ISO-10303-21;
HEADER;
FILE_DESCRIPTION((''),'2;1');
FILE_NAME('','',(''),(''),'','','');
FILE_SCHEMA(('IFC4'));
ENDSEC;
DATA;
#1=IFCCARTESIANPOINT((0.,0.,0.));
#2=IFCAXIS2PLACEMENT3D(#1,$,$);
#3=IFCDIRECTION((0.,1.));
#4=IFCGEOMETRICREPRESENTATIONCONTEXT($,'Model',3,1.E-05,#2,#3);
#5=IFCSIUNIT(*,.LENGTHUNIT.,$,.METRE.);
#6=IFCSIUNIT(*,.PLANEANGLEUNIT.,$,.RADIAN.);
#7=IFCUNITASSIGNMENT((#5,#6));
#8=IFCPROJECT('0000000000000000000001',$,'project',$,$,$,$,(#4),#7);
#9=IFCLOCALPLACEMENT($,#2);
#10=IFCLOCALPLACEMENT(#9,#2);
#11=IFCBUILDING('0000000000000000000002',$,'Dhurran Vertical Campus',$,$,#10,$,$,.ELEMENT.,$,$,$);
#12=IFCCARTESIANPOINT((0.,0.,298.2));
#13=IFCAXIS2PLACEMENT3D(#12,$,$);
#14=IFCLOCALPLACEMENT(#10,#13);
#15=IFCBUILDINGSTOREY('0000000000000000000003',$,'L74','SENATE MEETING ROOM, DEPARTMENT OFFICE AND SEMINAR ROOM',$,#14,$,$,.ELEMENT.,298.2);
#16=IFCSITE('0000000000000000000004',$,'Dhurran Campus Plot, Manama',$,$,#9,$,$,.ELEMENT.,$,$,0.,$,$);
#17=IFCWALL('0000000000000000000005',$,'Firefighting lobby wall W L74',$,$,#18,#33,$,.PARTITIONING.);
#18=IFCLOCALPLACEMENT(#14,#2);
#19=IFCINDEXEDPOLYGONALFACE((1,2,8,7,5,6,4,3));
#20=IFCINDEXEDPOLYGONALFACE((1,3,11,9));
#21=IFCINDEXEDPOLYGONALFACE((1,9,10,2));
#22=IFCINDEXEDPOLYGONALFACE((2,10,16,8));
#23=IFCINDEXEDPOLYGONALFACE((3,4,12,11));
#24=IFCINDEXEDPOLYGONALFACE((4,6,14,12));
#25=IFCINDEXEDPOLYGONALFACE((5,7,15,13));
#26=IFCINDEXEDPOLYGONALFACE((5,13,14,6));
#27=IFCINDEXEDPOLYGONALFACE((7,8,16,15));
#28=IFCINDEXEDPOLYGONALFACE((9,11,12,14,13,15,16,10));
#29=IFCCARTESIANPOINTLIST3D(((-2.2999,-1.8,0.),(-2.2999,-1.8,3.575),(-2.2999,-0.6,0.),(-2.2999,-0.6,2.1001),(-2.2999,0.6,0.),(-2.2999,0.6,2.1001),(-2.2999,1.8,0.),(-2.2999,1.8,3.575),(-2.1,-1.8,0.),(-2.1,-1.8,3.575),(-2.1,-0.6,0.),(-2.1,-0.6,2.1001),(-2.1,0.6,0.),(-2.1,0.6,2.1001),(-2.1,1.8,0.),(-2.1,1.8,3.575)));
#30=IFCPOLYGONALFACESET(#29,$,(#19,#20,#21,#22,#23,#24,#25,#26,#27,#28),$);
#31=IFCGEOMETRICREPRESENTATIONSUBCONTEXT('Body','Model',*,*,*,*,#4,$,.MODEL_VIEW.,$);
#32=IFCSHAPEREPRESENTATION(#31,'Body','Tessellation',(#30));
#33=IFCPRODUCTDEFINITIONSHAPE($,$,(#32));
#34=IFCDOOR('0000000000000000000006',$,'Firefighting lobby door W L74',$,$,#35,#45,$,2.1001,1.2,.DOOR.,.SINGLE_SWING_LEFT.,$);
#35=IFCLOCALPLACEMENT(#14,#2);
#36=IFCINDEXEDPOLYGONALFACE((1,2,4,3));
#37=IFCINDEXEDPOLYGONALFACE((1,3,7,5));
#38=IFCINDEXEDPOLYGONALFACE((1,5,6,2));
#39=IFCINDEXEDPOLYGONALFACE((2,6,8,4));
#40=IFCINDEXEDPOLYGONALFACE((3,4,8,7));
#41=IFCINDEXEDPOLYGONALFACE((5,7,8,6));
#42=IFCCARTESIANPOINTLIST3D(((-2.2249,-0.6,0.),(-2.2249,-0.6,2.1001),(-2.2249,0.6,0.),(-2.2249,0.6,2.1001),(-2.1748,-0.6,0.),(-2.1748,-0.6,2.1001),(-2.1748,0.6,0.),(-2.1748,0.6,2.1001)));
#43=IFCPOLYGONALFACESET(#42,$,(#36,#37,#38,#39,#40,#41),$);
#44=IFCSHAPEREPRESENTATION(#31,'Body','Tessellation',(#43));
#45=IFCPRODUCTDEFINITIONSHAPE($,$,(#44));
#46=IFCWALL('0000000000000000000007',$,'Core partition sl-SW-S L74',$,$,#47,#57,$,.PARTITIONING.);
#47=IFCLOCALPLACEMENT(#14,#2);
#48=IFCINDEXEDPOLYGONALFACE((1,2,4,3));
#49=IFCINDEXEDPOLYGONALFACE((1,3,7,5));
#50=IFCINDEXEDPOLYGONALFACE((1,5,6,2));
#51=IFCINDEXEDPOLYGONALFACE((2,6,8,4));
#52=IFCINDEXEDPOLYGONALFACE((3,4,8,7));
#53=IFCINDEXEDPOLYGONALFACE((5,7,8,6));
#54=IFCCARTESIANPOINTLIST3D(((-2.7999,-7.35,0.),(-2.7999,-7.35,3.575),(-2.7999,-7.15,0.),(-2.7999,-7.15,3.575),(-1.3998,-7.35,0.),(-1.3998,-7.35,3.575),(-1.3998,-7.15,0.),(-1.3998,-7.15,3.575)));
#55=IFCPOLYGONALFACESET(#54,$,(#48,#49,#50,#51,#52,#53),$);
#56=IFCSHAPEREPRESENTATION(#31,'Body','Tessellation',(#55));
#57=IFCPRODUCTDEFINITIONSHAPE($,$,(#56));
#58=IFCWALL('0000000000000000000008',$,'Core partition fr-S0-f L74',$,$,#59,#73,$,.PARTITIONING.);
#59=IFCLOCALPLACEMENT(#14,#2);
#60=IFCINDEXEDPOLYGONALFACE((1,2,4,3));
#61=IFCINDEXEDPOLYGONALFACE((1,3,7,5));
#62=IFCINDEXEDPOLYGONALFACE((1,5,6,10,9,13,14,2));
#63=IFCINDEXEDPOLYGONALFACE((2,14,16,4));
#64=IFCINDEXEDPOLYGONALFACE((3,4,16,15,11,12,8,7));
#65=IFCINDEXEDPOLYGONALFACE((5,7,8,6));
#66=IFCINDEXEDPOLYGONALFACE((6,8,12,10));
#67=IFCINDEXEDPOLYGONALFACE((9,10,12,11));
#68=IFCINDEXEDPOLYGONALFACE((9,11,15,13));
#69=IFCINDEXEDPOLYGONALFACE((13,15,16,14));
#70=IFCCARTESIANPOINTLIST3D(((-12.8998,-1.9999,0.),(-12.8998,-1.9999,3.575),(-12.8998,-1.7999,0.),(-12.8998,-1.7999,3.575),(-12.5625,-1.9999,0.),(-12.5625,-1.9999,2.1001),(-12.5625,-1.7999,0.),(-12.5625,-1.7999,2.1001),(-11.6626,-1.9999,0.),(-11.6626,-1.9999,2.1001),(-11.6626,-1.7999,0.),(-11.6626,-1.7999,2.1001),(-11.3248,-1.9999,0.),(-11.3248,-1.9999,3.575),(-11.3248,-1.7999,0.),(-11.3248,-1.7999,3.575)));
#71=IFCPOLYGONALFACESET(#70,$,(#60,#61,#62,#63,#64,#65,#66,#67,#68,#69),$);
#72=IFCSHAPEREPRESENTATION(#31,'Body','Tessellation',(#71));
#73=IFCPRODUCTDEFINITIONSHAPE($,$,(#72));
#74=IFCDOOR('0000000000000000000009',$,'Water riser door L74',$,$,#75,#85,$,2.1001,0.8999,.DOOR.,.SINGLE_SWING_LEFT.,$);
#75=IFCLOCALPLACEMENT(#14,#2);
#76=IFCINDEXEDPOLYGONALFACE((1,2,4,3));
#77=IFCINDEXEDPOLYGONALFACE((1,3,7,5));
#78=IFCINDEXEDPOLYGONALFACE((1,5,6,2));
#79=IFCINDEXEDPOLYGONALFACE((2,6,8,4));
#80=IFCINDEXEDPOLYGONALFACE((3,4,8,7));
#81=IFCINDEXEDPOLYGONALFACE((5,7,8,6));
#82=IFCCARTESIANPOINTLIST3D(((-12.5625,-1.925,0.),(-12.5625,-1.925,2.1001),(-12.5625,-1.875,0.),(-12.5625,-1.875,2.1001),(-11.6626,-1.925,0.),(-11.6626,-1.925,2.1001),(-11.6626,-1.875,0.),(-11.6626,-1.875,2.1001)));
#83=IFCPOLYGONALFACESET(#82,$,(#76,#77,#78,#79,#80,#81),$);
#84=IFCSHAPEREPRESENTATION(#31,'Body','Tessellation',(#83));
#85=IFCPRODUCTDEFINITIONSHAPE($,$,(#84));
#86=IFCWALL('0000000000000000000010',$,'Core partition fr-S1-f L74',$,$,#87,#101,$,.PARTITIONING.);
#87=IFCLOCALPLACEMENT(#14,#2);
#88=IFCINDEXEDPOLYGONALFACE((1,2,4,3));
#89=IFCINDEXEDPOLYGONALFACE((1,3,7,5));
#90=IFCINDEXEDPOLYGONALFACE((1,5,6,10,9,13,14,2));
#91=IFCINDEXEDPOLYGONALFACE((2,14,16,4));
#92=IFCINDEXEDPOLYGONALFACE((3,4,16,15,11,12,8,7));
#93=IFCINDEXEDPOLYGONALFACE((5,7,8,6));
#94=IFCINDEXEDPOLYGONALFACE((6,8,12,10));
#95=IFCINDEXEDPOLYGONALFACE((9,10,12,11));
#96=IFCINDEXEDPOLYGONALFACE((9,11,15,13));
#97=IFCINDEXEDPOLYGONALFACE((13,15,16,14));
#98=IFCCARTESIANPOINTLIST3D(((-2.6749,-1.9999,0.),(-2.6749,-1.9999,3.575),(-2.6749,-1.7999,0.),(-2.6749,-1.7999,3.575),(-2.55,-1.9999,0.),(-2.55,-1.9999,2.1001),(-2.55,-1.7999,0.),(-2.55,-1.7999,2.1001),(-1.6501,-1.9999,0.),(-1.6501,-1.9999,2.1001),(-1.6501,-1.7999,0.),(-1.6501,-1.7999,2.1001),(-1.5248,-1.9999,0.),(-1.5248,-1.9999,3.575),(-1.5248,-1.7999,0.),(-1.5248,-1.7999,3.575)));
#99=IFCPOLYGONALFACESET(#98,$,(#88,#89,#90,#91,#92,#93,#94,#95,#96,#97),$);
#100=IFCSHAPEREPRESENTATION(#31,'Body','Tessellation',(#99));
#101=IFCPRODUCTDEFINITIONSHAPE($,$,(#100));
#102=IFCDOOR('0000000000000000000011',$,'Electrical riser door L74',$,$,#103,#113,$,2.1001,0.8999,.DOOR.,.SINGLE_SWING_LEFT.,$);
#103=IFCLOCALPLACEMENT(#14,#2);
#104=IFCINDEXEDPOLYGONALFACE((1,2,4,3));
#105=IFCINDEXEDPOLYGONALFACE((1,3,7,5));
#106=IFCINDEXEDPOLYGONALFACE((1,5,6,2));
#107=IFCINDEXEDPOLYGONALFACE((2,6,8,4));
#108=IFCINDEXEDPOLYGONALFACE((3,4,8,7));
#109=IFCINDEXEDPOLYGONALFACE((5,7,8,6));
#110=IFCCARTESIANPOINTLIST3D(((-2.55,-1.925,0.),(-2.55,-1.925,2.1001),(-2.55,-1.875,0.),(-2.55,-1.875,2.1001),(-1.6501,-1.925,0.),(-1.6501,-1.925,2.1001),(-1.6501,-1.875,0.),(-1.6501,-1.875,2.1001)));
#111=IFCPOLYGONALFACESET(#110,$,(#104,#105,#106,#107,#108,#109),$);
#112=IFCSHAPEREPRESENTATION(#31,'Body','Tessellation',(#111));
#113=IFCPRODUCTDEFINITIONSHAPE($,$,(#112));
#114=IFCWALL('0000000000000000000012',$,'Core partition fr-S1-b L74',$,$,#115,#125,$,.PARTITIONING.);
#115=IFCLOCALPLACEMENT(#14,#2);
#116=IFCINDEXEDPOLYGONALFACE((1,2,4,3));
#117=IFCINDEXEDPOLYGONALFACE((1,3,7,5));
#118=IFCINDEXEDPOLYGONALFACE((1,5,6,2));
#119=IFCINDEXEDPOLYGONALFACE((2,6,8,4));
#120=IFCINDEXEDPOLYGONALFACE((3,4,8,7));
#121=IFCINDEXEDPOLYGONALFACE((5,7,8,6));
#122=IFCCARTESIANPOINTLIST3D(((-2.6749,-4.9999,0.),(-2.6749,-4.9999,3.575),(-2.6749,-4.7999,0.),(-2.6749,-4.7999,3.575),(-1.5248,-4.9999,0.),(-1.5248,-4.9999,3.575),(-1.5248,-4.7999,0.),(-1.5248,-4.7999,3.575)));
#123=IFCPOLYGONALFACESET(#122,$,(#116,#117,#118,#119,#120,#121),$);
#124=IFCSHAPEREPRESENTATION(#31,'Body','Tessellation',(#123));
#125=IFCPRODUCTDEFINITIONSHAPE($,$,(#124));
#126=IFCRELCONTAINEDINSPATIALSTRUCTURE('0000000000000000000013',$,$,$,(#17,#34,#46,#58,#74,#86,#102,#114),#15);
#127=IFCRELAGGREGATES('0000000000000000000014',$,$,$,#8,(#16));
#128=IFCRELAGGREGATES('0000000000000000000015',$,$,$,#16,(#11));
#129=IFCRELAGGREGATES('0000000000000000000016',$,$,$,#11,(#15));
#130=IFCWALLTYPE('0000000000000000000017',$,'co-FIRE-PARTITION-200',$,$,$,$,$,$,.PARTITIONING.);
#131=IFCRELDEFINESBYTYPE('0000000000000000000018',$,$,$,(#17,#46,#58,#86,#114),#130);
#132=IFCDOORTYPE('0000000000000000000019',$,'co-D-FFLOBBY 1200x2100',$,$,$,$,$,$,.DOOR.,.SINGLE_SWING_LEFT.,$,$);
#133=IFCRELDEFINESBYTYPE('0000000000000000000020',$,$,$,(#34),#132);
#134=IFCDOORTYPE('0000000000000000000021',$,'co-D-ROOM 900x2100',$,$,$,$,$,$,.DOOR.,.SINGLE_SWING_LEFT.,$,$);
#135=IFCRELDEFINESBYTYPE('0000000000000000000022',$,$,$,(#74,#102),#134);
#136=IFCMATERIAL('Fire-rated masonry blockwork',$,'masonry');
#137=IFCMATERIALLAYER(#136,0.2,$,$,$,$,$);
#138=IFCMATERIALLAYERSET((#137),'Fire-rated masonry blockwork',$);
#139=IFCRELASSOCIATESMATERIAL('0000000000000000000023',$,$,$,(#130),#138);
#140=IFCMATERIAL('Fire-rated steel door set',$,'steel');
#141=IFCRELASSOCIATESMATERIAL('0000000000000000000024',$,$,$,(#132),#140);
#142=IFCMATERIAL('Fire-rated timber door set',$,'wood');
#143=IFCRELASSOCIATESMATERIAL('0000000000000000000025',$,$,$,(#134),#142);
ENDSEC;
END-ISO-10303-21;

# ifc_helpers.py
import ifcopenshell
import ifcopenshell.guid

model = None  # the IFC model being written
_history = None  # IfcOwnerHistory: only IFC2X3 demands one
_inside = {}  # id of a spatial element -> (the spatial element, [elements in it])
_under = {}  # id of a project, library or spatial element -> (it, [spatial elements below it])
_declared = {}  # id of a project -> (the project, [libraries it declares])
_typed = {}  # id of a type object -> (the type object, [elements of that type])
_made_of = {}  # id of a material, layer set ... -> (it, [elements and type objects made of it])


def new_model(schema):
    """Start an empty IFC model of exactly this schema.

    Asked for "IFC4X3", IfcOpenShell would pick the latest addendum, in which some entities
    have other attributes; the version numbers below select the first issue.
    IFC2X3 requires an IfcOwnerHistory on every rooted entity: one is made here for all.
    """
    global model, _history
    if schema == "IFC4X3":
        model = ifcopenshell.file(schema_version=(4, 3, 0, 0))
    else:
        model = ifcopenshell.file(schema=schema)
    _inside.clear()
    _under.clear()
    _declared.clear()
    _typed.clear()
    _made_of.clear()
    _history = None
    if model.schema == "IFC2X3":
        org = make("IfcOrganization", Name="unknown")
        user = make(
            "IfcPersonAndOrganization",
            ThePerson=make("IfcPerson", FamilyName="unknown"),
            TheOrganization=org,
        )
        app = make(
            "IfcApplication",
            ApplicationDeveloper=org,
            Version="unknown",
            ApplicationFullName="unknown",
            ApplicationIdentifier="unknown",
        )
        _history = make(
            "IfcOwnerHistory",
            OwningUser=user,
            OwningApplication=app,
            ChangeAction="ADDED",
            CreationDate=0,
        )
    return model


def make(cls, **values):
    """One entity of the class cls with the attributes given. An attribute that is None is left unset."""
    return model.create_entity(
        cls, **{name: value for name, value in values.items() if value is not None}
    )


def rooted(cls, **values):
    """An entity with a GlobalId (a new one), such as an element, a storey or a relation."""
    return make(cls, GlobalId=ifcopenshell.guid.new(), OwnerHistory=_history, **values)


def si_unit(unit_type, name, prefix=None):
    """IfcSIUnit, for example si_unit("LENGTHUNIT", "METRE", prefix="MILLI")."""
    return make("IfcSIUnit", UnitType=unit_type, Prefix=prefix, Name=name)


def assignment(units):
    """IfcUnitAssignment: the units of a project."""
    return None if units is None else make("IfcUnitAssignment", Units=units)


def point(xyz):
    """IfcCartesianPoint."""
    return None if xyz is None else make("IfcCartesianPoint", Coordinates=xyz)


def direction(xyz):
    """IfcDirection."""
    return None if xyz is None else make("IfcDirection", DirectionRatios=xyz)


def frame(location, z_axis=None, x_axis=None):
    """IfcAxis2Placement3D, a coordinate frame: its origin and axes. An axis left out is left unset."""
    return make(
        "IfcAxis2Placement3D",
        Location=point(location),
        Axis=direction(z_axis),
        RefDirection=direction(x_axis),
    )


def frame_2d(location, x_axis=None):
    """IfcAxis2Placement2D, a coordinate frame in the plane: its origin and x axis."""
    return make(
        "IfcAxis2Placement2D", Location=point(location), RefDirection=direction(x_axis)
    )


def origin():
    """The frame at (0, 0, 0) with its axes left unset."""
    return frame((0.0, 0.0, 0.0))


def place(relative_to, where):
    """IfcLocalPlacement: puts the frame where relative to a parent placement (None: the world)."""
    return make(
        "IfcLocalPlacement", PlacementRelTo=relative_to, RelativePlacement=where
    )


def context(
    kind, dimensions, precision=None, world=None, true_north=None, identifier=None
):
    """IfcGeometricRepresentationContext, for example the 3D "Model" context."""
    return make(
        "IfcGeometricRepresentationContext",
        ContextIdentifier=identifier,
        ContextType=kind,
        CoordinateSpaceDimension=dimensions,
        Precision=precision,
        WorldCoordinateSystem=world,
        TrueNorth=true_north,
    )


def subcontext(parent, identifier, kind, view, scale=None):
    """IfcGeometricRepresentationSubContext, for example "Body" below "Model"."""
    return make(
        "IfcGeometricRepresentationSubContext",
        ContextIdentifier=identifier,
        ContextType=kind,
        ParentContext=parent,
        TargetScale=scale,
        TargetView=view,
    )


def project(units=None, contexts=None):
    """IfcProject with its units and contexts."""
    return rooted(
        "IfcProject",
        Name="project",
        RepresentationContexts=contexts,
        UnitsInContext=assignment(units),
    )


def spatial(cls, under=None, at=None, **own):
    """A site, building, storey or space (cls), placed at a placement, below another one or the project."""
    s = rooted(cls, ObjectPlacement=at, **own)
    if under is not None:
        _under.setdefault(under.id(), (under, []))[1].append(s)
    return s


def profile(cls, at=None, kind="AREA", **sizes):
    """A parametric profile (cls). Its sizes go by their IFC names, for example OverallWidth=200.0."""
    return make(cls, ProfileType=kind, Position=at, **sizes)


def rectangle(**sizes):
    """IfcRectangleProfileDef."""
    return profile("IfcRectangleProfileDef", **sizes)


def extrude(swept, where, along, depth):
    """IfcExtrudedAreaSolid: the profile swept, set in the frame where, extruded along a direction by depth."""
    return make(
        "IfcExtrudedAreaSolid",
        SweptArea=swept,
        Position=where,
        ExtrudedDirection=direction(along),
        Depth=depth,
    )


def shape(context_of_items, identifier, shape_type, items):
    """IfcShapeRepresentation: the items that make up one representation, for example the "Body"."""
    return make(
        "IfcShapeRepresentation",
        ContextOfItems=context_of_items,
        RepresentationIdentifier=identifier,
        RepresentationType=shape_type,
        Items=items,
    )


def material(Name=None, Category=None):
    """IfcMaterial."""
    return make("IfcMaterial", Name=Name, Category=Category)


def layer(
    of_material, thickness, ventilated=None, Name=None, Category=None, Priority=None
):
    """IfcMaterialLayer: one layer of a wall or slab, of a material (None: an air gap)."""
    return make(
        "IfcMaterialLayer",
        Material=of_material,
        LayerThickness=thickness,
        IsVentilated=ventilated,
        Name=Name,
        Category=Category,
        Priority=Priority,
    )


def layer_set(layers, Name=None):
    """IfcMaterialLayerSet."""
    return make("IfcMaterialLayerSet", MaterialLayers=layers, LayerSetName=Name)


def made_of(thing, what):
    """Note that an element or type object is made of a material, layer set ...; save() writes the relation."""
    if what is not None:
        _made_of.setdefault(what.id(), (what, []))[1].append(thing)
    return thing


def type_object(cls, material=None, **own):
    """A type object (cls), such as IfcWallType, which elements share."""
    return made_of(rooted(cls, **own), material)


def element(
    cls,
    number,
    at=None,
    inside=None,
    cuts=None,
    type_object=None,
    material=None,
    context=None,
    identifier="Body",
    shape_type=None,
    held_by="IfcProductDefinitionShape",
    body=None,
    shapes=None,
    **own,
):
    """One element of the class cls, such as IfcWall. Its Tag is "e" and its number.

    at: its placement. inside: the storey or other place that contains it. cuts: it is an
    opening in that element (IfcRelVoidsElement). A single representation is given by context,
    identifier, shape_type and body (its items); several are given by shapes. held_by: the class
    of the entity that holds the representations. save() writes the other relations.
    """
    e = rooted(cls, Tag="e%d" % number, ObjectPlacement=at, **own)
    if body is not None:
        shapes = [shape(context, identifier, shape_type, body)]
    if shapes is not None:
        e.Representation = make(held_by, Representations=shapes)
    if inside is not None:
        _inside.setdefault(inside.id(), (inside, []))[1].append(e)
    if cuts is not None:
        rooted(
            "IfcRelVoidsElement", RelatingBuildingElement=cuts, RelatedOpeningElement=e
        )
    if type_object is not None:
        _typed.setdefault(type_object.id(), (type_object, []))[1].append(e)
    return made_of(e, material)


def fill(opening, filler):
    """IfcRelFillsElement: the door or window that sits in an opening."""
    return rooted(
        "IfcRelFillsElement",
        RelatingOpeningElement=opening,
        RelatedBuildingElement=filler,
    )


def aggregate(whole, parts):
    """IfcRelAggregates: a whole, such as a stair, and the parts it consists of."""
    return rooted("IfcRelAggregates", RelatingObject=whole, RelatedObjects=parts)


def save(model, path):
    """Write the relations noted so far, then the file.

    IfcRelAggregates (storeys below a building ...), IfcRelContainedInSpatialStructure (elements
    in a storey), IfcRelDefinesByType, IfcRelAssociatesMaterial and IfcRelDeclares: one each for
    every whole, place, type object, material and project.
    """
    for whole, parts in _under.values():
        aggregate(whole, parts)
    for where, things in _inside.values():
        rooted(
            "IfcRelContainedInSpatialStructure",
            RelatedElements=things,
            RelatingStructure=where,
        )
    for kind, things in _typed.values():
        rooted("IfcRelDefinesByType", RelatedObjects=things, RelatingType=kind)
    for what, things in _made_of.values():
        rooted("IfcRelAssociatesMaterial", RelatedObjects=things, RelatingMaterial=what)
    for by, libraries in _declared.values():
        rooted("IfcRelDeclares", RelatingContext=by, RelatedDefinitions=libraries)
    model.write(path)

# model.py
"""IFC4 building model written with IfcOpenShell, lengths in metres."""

from ifc_helpers import new_model, si_unit, direction, frame, frame_2d, origin, place, context, subcontext, project, spatial, rectangle, extrude, material, layer, layer_set, type_object, element, fill, save


model = new_model("IFC4")

# Units and contexts
model_context = context("Model", 3, precision=1e-05, world=origin(), true_north=direction((0.0, 1.0)))
body_context = subcontext(model_context, "Body", "Model", "MODEL_VIEW")
ifc_project = project(units=[si_unit("LENGTHUNIT", "METRE"), si_unit("PLANEANGLEUNIT", "RADIAN")], contexts=[model_context])

# Site, building, storey
site_placement = place(None, origin())
site = spatial("IfcSite", under=ifc_project, at=site_placement, Name="Dhurran Campus Plot, Manama", CompositionType="ELEMENT", RefElevation=0.0)
building_placement = place(site_placement, origin())
building = spatial("IfcBuilding", under=site, at=building_placement, Name="Dhurran Vertical Campus", CompositionType="ELEMENT")
storey_placement = place(building_placement, frame((0.0, 0.0, 298.2)))
storey = spatial("IfcBuildingStorey", under=building, at=storey_placement, Name="L74", Description="SENATE MEETING ROOM, DEPARTMENT OFFICE AND SEMINAR ROOM", CompositionType="ELEMENT", Elevation=298.2)

# Wall, opening, door
ifc_material_1 = material(Name="Fire-rated masonry blockwork", Category="masonry")
ifc_layer_1 = layer(ifc_material_1, 0.2)
ifc_layer_set_1 = layer_set([ifc_layer_1], Name="Fire-rated masonry blockwork")
wall_type_1 = type_object("IfcWallType", Name="co-FIRE-PARTITION-200", PredefinedType="PARTITIONING", material=ifc_layer_set_1)
wall_1_placement = place(storey_placement, frame((-2.2, -1.8, 0.0), z_axis=(0.0, 0.0, 1.0), x_axis=(0.0, 1.0, 0.0)))
wall_1 = element("IfcWall", 1, at=wall_1_placement, inside=storey, type_object=wall_type_1, Name="Firefighting lobby wall W L74", PredefinedType="PARTITIONING", context=body_context, shape_type="SweptSolid", body=[
    extrude(rectangle(XDim=3.6001, YDim=0.2, at=frame_2d((1.8, 0.0))), origin(), (0.0, 0.0, 1.0), 3.575),
])
opening_1_placement = place(wall_1_placement, frame((1.2, 0.0, 0.0)))
opening_1 = element("IfcOpeningElement", 2, at=opening_1_placement, cuts=wall_1, PredefinedType="OPENING", context=body_context, shape_type="SweptSolid", body=[
    extrude(rectangle(XDim=1.2, YDim=2.1001, at=frame_2d((0.6001, 1.05))), frame((0.0, 0.1099, 0.0), z_axis=(0.0, -1.0, 0.0), x_axis=(1.0, 0.0, 0.0)), (0.0, 0.0, 1.0), 0.22),
])
ifc_material_2 = material(Name="Fire-rated steel door set", Category="steel")
door_type_1 = type_object("IfcDoorType", Name="co-D-FFLOBBY 1200x2100", OperationType="SINGLE_SWING_LEFT", PredefinedType="DOOR", material=ifc_material_2)
door_1_placement = place(opening_1_placement, origin())
door_1 = element("IfcDoor", 3, at=door_1_placement, inside=storey, type_object=door_type_1, Name="Firefighting lobby door W L74", OperationType="SINGLE_SWING_LEFT", OverallHeight=2.1001, OverallWidth=1.2, PredefinedType="DOOR", context=body_context, shape_type="SweptSolid", body=[
    extrude(rectangle(XDim=1.2, YDim=2.1001, at=frame_2d((0.6001, 1.05))), frame((0.0, 0.0249, 0.0), z_axis=(0.0, -1.0, 0.0), x_axis=(1.0, 0.0, 0.0)), (0.0, 0.0, 1.0), 0.05),
])
fill(opening_1, door_1)

# Wall
wall_2_placement = place(storey_placement, frame((-2.8, -7.25, 0.0), z_axis=(0.0, 0.0, 1.0), x_axis=(1.0, 0.0, 0.0)))
element("IfcWall", 4, at=wall_2_placement, inside=storey, type_object=wall_type_1, Name="Core partition sl-SW-S L74", PredefinedType="PARTITIONING", context=body_context, shape_type="SweptSolid", body=[
    extrude(rectangle(XDim=1.4001, YDim=0.2, at=frame_2d((0.7002, 0.0))), origin(), (0.0, 0.0, 1.0), 3.575),
])

# Walls, openings, doors
wall_3_placement = place(storey_placement, frame((-12.8999, -1.8999, 0.0), z_axis=(0.0, 0.0, 1.0), x_axis=(1.0, 0.0, 0.0)))
wall_3 = element("IfcWall", 5, at=wall_3_placement, inside=storey, type_object=wall_type_1, Name="Core partition fr-S0-f L74", PredefinedType="PARTITIONING", context=body_context, shape_type="SweptSolid", body=[
    extrude(rectangle(XDim=1.575, YDim=0.2, at=frame_2d((0.7876, 0.0))), origin(), (0.0, 0.0, 1.0), 3.575),
])
opening_2_placement = place(wall_3_placement, frame((0.3374, 0.0, 0.0)))
opening_2 = element("IfcOpeningElement", 6, at=opening_2_placement, cuts=wall_3, PredefinedType="OPENING", context=body_context, shape_type="SweptSolid", body=[
    extrude(rectangle(XDim=0.8999, YDim=2.1001, at=frame_2d((0.45, 1.05))), frame((0.0, 0.1099, 0.0), z_axis=(0.0, -1.0, 0.0), x_axis=(1.0, 0.0, 0.0)), (0.0, 0.0, 1.0), 0.22),
])
ifc_material_3 = material(Name="Fire-rated timber door set", Category="wood")
door_type_2 = type_object("IfcDoorType", Name="co-D-ROOM 900x2100", OperationType="SINGLE_SWING_LEFT", PredefinedType="DOOR", material=ifc_material_3)
door_2_placement = place(opening_2_placement, origin())
door_2 = element("IfcDoor", 7, at=door_2_placement, inside=storey, type_object=door_type_2, Name="Water riser door L74", OperationType="SINGLE_SWING_LEFT", OverallHeight=2.1001, OverallWidth=0.8999, PredefinedType="DOOR", context=body_context, shape_type="SweptSolid", body=[
    extrude(rectangle(XDim=0.8999, YDim=2.1001, at=frame_2d((0.45, 1.05))), frame((0.0, 0.0249, 0.0), z_axis=(0.0, -1.0, 0.0), x_axis=(1.0, 0.0, 0.0)), (0.0, 0.0, 1.0), 0.05),
])
fill(opening_2, door_2)
wall_4_placement = place(storey_placement, frame((-2.675, -1.8999, 0.0), z_axis=(0.0, 0.0, 1.0), x_axis=(1.0, 0.0, 0.0)))
wall_4 = element("IfcWall", 8, at=wall_4_placement, inside=storey, type_object=wall_type_1, Name="Core partition fr-S1-f L74", PredefinedType="PARTITIONING", context=body_context, shape_type="SweptSolid", body=[
    extrude(rectangle(XDim=1.1501, YDim=0.2, at=frame_2d((0.5752, 0.0))), origin(), (0.0, 0.0, 1.0), 3.575),
])
opening_3_placement = place(wall_4_placement, frame((0.125, 0.0, 0.0)))
opening_3 = element("IfcOpeningElement", 9, at=opening_3_placement, cuts=wall_4, PredefinedType="OPENING", context=body_context, shape_type="SweptSolid", body=[
    extrude(rectangle(XDim=0.8999, YDim=2.1001, at=frame_2d((0.45, 1.05))), frame((0.0, 0.1099, 0.0), z_axis=(0.0, -1.0, 0.0), x_axis=(1.0, 0.0, 0.0)), (0.0, 0.0, 1.0), 0.22),
])
door_3_placement = place(opening_3_placement, origin())
door_3 = element("IfcDoor", 10, at=door_3_placement, inside=storey, type_object=door_type_2, Name="Electrical riser door L74", OperationType="SINGLE_SWING_LEFT", OverallHeight=2.1001, OverallWidth=0.8999, PredefinedType="DOOR", context=body_context, shape_type="SweptSolid", body=[
    extrude(rectangle(XDim=0.8999, YDim=2.1001, at=frame_2d((0.45, 1.05))), frame((0.0, 0.0249, 0.0), z_axis=(0.0, -1.0, 0.0), x_axis=(1.0, 0.0, 0.0)), (0.0, 0.0, 1.0), 0.05),
])
fill(opening_3, door_3)

# Wall
wall_5_placement = place(storey_placement, frame((-2.675, -4.8999, 0.0), z_axis=(0.0, 0.0, 1.0), x_axis=(1.0, 0.0, 0.0)))
element("IfcWall", 11, at=wall_5_placement, inside=storey, type_object=wall_type_1, Name="Core partition fr-S1-b L74", PredefinedType="PARTITIONING", context=body_context, shape_type="SweptSolid", body=[
    extrude(rectangle(XDim=1.1501, YDim=0.2, at=frame_2d((0.5752, 0.0))), origin(), (0.0, 0.0, 1.0), 3.575),
])

save(model, "model.ifc")
